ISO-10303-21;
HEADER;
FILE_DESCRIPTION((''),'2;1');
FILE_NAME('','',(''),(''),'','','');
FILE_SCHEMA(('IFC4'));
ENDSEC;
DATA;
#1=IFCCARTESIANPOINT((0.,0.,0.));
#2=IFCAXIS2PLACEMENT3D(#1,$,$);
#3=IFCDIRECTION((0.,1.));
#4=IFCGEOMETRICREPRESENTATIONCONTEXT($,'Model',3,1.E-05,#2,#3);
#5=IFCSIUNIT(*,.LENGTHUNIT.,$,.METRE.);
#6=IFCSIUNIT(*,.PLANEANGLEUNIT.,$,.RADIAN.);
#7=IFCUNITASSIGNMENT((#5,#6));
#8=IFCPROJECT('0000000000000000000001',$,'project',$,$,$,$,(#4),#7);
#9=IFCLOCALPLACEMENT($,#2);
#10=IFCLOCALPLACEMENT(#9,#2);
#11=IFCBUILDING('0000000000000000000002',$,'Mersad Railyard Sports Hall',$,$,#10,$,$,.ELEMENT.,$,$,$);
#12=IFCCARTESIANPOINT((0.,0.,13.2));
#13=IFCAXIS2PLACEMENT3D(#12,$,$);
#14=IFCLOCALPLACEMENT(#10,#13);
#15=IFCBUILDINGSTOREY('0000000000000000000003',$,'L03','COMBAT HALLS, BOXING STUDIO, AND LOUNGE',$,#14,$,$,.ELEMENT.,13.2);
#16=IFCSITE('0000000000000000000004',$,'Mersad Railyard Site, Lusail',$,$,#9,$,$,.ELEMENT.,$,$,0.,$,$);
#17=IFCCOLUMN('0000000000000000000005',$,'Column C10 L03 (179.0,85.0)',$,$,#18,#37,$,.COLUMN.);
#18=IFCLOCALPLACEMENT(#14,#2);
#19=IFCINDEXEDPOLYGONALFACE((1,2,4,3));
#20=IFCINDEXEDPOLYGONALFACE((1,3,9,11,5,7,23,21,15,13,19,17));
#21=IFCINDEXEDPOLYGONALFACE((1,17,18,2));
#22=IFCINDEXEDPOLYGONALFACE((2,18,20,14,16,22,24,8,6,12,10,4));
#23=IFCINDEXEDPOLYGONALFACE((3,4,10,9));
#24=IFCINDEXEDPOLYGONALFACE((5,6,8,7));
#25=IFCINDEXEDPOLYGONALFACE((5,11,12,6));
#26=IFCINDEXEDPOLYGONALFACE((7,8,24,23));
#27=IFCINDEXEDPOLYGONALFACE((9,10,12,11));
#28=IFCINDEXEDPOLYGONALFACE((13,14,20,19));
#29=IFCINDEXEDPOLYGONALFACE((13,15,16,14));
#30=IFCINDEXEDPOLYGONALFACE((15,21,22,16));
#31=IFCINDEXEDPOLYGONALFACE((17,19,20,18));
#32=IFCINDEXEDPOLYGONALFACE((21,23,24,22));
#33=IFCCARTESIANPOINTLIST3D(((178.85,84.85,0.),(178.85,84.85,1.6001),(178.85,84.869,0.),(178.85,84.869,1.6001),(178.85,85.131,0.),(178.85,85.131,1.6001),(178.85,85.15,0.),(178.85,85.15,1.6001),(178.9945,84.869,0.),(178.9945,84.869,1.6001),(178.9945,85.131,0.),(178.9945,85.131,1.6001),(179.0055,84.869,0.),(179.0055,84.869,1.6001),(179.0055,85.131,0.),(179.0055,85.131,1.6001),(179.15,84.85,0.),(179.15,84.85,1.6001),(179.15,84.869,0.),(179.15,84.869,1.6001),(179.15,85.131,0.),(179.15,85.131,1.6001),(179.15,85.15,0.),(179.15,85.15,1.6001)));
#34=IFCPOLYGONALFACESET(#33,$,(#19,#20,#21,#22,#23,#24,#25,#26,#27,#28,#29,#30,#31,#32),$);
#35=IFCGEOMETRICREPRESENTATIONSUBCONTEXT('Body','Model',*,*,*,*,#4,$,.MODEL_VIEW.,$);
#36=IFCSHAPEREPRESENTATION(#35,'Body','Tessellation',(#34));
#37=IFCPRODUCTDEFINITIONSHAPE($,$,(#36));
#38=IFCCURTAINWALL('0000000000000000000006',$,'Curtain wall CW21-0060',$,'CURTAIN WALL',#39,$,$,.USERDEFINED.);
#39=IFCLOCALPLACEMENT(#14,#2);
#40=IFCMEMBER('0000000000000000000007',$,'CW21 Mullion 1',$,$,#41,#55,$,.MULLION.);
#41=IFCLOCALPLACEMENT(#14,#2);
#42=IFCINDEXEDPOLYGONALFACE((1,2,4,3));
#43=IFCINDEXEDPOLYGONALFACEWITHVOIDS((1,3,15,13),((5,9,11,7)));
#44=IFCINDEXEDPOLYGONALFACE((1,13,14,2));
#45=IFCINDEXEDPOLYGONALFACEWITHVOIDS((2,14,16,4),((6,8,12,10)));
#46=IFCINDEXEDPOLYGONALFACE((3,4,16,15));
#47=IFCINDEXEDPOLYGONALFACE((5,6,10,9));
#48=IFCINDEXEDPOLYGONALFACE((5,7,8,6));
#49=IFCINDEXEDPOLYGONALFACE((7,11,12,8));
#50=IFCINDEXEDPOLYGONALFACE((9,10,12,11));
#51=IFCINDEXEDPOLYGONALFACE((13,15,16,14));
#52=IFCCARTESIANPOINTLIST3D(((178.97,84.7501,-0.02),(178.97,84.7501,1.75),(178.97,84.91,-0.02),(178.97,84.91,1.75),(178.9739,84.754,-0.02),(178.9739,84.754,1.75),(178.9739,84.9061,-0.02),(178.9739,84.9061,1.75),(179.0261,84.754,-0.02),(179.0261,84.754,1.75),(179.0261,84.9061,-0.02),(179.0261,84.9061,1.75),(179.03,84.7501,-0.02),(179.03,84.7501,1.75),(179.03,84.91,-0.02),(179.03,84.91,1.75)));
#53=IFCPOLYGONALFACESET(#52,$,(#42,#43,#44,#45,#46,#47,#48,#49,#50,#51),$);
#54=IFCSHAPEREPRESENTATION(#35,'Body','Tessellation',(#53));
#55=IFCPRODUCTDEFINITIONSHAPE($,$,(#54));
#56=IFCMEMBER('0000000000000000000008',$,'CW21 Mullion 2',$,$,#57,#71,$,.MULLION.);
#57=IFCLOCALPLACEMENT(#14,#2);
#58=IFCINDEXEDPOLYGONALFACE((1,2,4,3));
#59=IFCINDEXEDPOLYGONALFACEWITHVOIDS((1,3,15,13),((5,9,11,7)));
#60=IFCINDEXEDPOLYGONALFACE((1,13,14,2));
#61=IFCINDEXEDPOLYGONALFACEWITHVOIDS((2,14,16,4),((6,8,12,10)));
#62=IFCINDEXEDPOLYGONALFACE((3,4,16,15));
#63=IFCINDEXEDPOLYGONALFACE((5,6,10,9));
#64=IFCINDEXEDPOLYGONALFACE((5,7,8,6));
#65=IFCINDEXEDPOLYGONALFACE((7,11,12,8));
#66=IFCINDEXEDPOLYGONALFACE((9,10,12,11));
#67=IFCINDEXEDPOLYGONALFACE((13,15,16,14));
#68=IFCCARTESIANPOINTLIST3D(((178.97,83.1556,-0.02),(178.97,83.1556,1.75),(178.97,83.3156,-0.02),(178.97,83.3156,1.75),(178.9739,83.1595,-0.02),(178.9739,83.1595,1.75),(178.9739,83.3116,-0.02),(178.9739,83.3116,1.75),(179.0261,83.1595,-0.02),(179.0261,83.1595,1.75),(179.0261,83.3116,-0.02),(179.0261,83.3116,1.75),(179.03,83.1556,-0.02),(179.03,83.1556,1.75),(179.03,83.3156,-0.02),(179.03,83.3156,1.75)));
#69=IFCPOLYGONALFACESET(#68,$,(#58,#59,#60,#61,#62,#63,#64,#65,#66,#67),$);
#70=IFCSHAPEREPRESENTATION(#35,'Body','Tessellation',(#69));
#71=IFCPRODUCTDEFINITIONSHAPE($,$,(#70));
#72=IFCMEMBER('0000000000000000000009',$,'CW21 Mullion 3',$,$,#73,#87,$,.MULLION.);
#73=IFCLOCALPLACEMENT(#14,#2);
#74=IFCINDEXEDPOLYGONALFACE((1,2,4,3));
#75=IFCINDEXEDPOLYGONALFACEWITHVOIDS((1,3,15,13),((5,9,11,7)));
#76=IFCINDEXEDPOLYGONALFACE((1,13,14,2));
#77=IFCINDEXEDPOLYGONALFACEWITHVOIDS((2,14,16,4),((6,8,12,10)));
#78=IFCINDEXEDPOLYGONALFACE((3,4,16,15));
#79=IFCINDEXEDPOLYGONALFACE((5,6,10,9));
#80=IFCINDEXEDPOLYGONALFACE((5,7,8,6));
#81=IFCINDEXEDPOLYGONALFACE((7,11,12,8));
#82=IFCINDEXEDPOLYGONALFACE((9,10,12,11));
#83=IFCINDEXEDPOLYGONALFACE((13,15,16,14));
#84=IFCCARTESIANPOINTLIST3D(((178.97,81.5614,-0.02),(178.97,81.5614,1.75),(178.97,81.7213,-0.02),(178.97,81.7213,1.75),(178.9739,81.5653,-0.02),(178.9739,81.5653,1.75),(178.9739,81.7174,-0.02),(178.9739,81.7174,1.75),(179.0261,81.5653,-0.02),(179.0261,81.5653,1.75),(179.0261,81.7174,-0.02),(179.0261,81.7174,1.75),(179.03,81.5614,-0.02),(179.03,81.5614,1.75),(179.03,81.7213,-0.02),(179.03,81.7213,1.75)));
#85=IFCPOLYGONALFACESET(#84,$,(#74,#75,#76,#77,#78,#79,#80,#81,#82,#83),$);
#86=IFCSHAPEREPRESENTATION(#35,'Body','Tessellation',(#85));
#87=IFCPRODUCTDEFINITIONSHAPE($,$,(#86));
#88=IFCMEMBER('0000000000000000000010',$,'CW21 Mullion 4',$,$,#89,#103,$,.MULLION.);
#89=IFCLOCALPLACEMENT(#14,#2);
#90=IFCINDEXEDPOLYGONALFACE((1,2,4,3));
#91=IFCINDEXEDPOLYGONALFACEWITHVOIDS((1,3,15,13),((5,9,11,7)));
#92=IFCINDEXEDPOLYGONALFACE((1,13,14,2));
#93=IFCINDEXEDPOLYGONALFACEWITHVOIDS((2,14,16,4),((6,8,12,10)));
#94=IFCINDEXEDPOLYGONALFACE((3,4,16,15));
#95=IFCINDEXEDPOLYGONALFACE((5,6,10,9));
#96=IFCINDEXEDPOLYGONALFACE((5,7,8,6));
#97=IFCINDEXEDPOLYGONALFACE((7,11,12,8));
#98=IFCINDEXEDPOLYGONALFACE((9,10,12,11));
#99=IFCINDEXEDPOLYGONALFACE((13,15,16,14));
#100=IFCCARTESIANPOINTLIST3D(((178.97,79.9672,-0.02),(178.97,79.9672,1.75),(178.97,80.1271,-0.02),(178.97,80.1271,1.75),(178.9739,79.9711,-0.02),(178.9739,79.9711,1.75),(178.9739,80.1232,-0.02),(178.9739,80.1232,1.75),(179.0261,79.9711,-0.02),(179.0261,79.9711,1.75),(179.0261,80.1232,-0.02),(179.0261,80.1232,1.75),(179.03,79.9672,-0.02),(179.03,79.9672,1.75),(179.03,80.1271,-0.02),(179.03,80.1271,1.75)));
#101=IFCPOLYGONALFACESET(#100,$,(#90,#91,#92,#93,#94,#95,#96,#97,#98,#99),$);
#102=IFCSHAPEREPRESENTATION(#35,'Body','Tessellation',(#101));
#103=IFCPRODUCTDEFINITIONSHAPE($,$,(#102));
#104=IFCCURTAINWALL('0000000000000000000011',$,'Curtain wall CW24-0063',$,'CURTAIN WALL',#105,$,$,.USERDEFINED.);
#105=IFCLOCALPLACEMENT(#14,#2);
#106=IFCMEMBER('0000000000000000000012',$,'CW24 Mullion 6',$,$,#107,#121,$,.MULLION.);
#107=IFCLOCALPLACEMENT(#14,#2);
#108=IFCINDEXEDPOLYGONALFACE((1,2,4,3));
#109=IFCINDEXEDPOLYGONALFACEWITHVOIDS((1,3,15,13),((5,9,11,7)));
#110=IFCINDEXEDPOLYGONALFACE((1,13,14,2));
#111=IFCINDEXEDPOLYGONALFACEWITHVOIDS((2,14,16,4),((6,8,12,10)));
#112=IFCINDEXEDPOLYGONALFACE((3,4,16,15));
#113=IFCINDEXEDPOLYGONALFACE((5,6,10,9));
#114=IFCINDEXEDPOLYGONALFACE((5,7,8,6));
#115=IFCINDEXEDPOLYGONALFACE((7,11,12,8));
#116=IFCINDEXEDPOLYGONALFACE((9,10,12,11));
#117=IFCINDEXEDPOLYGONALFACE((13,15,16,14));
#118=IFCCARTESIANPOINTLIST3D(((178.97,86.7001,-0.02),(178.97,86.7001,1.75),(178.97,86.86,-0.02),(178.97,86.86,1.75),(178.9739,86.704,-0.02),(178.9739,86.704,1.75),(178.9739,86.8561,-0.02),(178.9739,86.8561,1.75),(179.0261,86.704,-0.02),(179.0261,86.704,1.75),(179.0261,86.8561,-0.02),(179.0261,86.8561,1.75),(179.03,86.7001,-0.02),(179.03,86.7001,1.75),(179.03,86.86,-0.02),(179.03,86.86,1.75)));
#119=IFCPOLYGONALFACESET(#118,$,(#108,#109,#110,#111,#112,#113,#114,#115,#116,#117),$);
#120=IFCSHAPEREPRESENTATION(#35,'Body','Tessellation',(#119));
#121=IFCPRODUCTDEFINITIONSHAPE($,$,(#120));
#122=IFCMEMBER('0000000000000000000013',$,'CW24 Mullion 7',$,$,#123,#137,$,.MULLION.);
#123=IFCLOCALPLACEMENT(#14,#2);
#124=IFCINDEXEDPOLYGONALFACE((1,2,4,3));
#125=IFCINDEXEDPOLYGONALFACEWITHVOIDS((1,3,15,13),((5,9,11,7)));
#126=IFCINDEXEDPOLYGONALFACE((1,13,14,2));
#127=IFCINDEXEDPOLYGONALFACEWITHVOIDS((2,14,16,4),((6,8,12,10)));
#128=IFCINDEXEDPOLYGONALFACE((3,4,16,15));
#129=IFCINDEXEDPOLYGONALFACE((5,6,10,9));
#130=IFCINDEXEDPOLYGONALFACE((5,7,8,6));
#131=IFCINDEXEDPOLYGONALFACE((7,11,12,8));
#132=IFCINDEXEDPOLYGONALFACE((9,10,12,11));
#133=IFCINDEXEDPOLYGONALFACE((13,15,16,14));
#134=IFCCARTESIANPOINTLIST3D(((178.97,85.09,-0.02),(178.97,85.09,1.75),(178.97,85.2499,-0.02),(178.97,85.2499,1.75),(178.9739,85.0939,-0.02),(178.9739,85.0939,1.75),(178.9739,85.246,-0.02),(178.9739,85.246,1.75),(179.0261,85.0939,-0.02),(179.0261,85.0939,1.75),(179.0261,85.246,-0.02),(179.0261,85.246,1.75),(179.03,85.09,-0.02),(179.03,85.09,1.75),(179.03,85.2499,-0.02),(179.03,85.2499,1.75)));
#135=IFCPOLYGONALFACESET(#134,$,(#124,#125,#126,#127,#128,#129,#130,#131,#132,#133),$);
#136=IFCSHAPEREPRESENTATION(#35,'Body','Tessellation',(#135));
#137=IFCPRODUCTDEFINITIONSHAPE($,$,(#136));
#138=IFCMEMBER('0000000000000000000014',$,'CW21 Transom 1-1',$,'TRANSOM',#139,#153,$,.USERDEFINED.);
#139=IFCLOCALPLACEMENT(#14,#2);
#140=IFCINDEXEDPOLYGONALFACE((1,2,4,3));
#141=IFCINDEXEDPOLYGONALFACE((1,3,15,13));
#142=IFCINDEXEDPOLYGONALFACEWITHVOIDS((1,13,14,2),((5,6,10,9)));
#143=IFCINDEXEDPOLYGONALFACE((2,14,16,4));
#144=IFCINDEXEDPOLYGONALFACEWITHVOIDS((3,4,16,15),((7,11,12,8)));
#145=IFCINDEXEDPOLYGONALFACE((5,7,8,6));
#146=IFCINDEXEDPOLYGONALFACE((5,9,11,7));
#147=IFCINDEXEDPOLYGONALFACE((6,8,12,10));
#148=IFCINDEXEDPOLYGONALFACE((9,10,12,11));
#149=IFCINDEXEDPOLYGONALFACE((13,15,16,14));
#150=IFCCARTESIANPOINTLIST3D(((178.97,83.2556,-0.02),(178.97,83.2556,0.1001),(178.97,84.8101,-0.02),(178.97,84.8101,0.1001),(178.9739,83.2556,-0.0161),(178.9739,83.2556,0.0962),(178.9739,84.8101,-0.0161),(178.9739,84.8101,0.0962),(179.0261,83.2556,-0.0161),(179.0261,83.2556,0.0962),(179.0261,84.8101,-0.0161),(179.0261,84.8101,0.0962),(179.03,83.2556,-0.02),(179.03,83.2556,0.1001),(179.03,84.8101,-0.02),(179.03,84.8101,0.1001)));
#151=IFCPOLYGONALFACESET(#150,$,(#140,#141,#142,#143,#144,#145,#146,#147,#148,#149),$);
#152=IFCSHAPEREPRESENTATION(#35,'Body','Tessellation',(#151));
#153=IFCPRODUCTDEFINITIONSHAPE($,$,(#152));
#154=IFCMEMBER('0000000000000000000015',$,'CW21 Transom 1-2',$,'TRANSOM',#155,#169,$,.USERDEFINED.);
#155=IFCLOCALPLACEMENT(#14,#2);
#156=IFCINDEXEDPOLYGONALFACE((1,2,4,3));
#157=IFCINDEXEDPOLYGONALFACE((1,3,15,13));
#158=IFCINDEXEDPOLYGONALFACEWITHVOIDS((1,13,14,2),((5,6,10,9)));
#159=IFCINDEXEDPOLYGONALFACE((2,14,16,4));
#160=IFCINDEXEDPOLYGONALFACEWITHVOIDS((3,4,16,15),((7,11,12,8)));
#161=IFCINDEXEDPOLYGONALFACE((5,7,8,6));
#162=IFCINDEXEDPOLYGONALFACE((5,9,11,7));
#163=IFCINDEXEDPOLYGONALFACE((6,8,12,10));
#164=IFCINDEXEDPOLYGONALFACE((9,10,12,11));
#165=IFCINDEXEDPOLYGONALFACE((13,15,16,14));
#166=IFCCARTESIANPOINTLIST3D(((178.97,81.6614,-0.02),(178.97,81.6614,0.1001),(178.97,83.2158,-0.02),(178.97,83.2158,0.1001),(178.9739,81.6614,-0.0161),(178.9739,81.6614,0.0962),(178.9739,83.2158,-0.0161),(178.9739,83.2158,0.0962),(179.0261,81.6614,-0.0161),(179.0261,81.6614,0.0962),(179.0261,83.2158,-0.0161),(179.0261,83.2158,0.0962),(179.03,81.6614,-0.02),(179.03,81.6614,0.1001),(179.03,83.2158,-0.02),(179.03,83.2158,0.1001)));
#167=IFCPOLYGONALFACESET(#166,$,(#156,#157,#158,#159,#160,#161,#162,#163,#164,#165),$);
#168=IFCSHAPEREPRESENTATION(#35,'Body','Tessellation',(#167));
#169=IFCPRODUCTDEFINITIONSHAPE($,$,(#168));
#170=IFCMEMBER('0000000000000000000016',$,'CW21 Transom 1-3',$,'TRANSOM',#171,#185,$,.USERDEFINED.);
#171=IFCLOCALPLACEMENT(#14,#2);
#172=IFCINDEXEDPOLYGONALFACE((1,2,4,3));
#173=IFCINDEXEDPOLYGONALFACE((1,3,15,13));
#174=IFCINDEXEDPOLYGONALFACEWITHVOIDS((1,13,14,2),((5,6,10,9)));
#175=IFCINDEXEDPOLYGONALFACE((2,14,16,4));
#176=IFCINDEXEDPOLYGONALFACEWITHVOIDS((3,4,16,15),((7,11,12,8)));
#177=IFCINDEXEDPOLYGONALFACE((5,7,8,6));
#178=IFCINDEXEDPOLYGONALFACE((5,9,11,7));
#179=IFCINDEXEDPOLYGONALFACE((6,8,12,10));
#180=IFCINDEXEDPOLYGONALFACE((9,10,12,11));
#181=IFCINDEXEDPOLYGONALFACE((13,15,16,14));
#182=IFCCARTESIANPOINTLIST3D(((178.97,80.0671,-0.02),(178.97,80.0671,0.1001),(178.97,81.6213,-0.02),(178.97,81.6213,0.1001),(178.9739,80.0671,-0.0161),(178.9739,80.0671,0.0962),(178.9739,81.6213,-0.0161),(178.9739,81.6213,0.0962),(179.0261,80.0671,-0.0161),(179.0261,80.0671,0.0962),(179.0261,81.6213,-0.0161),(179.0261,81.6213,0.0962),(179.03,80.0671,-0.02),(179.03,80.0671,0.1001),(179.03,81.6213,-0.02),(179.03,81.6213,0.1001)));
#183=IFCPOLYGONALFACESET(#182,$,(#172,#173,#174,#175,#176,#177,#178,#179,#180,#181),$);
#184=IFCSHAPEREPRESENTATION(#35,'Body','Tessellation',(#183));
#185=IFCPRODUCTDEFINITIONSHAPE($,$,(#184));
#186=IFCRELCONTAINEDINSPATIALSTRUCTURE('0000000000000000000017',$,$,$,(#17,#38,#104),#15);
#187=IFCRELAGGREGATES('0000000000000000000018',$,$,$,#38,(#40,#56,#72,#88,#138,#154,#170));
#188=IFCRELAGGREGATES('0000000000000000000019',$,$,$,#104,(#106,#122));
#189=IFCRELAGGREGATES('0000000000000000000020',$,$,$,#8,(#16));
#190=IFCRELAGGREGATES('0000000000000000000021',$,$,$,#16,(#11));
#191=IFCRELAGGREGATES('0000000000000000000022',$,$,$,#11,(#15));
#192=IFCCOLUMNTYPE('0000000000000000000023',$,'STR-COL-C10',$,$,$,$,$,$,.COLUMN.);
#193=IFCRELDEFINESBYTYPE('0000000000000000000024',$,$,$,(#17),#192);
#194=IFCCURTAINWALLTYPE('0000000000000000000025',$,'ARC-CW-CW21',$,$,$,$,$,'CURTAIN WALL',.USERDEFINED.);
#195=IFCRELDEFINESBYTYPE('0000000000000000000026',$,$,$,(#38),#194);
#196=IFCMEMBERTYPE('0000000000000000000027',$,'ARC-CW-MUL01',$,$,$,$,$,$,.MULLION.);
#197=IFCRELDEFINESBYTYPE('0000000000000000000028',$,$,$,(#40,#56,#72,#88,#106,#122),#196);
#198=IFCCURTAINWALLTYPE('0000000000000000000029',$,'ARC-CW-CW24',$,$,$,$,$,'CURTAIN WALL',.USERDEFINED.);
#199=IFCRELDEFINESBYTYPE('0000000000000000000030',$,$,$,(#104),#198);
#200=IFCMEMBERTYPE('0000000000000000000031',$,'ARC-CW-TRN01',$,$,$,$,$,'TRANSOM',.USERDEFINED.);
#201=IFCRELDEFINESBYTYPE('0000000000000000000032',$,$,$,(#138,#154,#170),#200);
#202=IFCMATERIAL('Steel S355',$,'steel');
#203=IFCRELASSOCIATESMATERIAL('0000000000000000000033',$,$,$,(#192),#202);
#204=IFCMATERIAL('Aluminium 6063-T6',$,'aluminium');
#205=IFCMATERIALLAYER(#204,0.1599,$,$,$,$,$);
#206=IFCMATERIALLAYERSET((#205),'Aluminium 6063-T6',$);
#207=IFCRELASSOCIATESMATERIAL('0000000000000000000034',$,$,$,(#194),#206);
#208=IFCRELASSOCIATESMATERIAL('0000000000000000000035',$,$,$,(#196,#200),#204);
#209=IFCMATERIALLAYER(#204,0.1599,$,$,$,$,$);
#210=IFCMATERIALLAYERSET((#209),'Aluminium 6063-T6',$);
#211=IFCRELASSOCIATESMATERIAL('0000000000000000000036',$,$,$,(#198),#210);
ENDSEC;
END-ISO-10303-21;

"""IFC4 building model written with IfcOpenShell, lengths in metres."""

from ifc_helpers import new_model, si_unit, direction, frame, origin, origin_2d, place, context, subcontext, project, spatial, hollow_rectangle, i_section, extrude, material, layer, layer_set, material_profile, profile_set, type_object, element, aggregate, save


model = new_model("IFC4")

# Units and contexts
model_context = context("Model", 3, precision=1e-05, world=origin(), true_north=direction((0.0, 1.0)))
body_context = subcontext(model_context, "Body", "Model", "MODEL_VIEW")
ifc_project = project(units=[si_unit("LENGTHUNIT", "METRE"), si_unit("PLANEANGLEUNIT", "RADIAN")], contexts=[model_context])

# Site, building, storey
site_placement = place(None, origin())
site = spatial("IfcSite", under=ifc_project, at=site_placement, Name="Mersad Railyard Site, Lusail", CompositionType="ELEMENT", RefElevation=0.0)
building_placement = place(site_placement, origin())
building = spatial("IfcBuilding", under=site, at=building_placement, Name="Mersad Railyard Sports Hall", CompositionType="ELEMENT")
storey_placement = place(building_placement, frame((0.0, 0.0, 13.2)))
storey = spatial("IfcBuildingStorey", under=building, at=storey_placement, Name="L03", Description="COMBAT HALLS, BOXING STUDIO, AND LOUNGE", CompositionType="ELEMENT", Elevation=13.2)

# Column
ifc_material_1 = material(Name="Steel S355", Category="steel")
ifc_material_profile_1 = material_profile(ifc_material_1, i_section(OverallWidth=0.3, OverallDepth=0.3, WebThickness=0.011, FlangeThickness=0.019, at=origin_2d()), Name="HEB 300")
ifc_profile_set_1 = profile_set([ifc_material_profile_1], Name="Steel S355")
column_type = type_object("IfcColumnType", Name="STR-COL-C10", PredefinedType="COLUMN", material=ifc_profile_set_1)
column_placement = place(storey_placement, frame((179.0, 85.0, 0.0), z_axis=(0.0, 0.0, 1.0), x_axis=(1.0, 0.0, 0.0)))
element("IfcColumn", 1, at=column_placement, inside=storey, type_object=column_type, Name="Column C10 L03 (179.0,85.0)", PredefinedType="COLUMN", context=body_context, shape_type="SweptSolid", body=[
    extrude(i_section(OverallWidth=0.3, OverallDepth=0.3, WebThickness=0.011, FlangeThickness=0.019, at=origin_2d()), origin(), (0.0, 0.0, 1.0), 1.6001),
])

# Curtain walls, members
ifc_material_2 = material(Name="Aluminium 6063-T6", Category="aluminium")
ifc_layer_1 = layer(ifc_material_2, 0.1599)
ifc_layer_set_1 = layer_set([ifc_layer_1], Name="Aluminium 6063-T6")
curtain_wall_type_1 = type_object("IfcCurtainWallType", Name="ARC-CW-CW21", ElementType="CURTAIN WALL", PredefinedType="USERDEFINED", material=ifc_layer_set_1)
curtain_wall_1_placement = place(storey_placement, origin())
curtain_wall_1 = element("IfcCurtainWall", 2, at=curtain_wall_1_placement, inside=storey, type_object=curtain_wall_type_1, Name="Curtain wall CW21-0060", ObjectType="CURTAIN WALL", PredefinedType="USERDEFINED")
ifc_material_profile_2 = material_profile(ifc_material_2, hollow_rectangle(XDim=0.0601, YDim=0.1599, WallThickness=0.0039, at=origin_2d()), Name="AL MULLION 60x160x4")
ifc_profile_set_2 = profile_set([ifc_material_profile_2], Name="Aluminium 6063-T6")
member_type_1 = type_object("IfcMemberType", Name="ARC-CW-MUL01", PredefinedType="MULLION", material=ifc_profile_set_2)
member_1_placement = place(storey_placement, frame((179.0, 84.8301, -0.02), z_axis=(0.0, 0.0, 1.0), x_axis=(1.0, 0.0, 0.0)))
member_1 = element("IfcMember", 3, at=member_1_placement, type_object=member_type_1, Name="CW21 Mullion 1", PredefinedType="MULLION", context=body_context, shape_type="SweptSolid", body=[
    extrude(hollow_rectangle(XDim=0.0601, YDim=0.1599, WallThickness=0.0039, at=origin_2d()), origin(), (0.0, 0.0, 1.0), 1.77),
])
member_2_placement = place(storey_placement, frame((179.0, 83.2356, -0.02), z_axis=(0.0, 0.0, 1.0), x_axis=(1.0, 0.0, 0.0)))
member_2 = element("IfcMember", 4, at=member_2_placement, type_object=member_type_1, Name="CW21 Mullion 2", PredefinedType="MULLION", context=body_context, shape_type="SweptSolid", body=[
    extrude(hollow_rectangle(XDim=0.0601, YDim=0.1599, WallThickness=0.0039, at=origin_2d()), origin(), (0.0, 0.0, 1.0), 1.77),
])
member_3_placement = place(storey_placement, frame((179.0, 81.6414, -0.02), z_axis=(0.0, 0.0, 1.0), x_axis=(1.0, 0.0, 0.0)))
member_3 = element("IfcMember", 5, at=member_3_placement, type_object=member_type_1, Name="CW21 Mullion 3", PredefinedType="MULLION", context=body_context, shape_type="SweptSolid", body=[
    extrude(hollow_rectangle(XDim=0.0601, YDim=0.1599, WallThickness=0.0039, at=origin_2d()), origin(), (0.0, 0.0, 1.0), 1.77),
])
member_4_placement = place(storey_placement, frame((179.0, 80.0471, -0.02), z_axis=(0.0, 0.0, 1.0), x_axis=(1.0, 0.0, 0.0)))
member_4 = element("IfcMember", 6, at=member_4_placement, type_object=member_type_1, Name="CW21 Mullion 4", PredefinedType="MULLION", context=body_context, shape_type="SweptSolid", body=[
    extrude(hollow_rectangle(XDim=0.0601, YDim=0.1599, WallThickness=0.0039, at=origin_2d()), origin(), (0.0, 0.0, 1.0), 1.77),
])
ifc_layer_2 = layer(ifc_material_2, 0.1599)
ifc_layer_set_2 = layer_set([ifc_layer_2], Name="Aluminium 6063-T6")
curtain_wall_type_2 = type_object("IfcCurtainWallType", Name="ARC-CW-CW24", ElementType="CURTAIN WALL", PredefinedType="USERDEFINED", material=ifc_layer_set_2)
curtain_wall_2_placement = place(storey_placement, origin())
curtain_wall_2 = element("IfcCurtainWall", 7, at=curtain_wall_2_placement, inside=storey, type_object=curtain_wall_type_2, Name="Curtain wall CW24-0063", ObjectType="CURTAIN WALL", PredefinedType="USERDEFINED")
member_5_placement = place(storey_placement, frame((179.0, 86.78, -0.02), z_axis=(0.0, 0.0, 1.0), x_axis=(1.0, 0.0, 0.0)))
member_5 = element("IfcMember", 8, at=member_5_placement, type_object=member_type_1, Name="CW24 Mullion 6", PredefinedType="MULLION", context=body_context, shape_type="SweptSolid", body=[
    extrude(hollow_rectangle(XDim=0.0601, YDim=0.1599, WallThickness=0.0039, at=origin_2d()), origin(), (0.0, 0.0, 1.0), 1.77),
])
member_6_placement = place(storey_placement, frame((179.0, 85.1699, -0.02), z_axis=(0.0, 0.0, 1.0), x_axis=(1.0, 0.0, 0.0)))
member_6 = element("IfcMember", 9, at=member_6_placement, type_object=member_type_1, Name="CW24 Mullion 7", PredefinedType="MULLION", context=body_context, shape_type="SweptSolid", body=[
    extrude(hollow_rectangle(XDim=0.0601, YDim=0.1599, WallThickness=0.0039, at=origin_2d()), origin(), (0.0, 0.0, 1.0), 1.77),
])

# Members
ifc_material_profile_3 = material_profile(ifc_material_2, hollow_rectangle(XDim=0.0601, YDim=0.1201, WallThickness=0.0039, at=origin_2d()), Name="AL TRANSOM 60x120x4")
ifc_profile_set_3 = profile_set([ifc_material_profile_3], Name="Aluminium 6063-T6")
member_type_2 = type_object("IfcMemberType", Name="ARC-CW-TRN01", ElementType="TRANSOM", PredefinedType="USERDEFINED", material=ifc_profile_set_3)
member_7_placement = place(storey_placement, frame((179.0, 84.8101, 0.04), z_axis=(0.0, -1.0, 0.0), x_axis=(1.0, 0.0, 0.0)))
member_7 = element("IfcMember", 10, at=member_7_placement, type_object=member_type_2, Name="CW21 Transom 1-1", ObjectType="TRANSOM", PredefinedType="USERDEFINED", context=body_context, shape_type="SweptSolid", body=[
    extrude(hollow_rectangle(XDim=0.0601, YDim=0.1201, WallThickness=0.0039, at=origin_2d()), origin(), (0.0, 0.0, 1.0), 1.5544),
])
member_8_placement = place(storey_placement, frame((179.0, 83.2158, 0.04), z_axis=(0.0, -1.0, 0.0), x_axis=(1.0, 0.0, 0.0)))
member_8 = element("IfcMember", 11, at=member_8_placement, type_object=member_type_2, Name="CW21 Transom 1-2", ObjectType="TRANSOM", PredefinedType="USERDEFINED", context=body_context, shape_type="SweptSolid", body=[
    extrude(hollow_rectangle(XDim=0.0601, YDim=0.1201, WallThickness=0.0039, at=origin_2d()), origin(), (0.0, 0.0, 1.0), 1.5544),
])
member_9_placement = place(storey_placement, frame((179.0, 81.6213, 0.04), z_axis=(0.0, -1.0, 0.0), x_axis=(1.0, 0.0, 0.0)))
member_9 = element("IfcMember", 12, at=member_9_placement, type_object=member_type_2, Name="CW21 Transom 1-3", ObjectType="TRANSOM", PredefinedType="USERDEFINED", context=body_context, shape_type="SweptSolid", body=[
    extrude(hollow_rectangle(XDim=0.0601, YDim=0.1201, WallThickness=0.0039, at=origin_2d()), origin(), (0.0, 0.0, 1.0), 1.5542),
])

aggregate(curtain_wall_1, [member_1, member_2, member_3, member_4, member_7, member_8, member_9])
aggregate(curtain_wall_2, [member_5, member_6])

save(model, "model.ifc")
